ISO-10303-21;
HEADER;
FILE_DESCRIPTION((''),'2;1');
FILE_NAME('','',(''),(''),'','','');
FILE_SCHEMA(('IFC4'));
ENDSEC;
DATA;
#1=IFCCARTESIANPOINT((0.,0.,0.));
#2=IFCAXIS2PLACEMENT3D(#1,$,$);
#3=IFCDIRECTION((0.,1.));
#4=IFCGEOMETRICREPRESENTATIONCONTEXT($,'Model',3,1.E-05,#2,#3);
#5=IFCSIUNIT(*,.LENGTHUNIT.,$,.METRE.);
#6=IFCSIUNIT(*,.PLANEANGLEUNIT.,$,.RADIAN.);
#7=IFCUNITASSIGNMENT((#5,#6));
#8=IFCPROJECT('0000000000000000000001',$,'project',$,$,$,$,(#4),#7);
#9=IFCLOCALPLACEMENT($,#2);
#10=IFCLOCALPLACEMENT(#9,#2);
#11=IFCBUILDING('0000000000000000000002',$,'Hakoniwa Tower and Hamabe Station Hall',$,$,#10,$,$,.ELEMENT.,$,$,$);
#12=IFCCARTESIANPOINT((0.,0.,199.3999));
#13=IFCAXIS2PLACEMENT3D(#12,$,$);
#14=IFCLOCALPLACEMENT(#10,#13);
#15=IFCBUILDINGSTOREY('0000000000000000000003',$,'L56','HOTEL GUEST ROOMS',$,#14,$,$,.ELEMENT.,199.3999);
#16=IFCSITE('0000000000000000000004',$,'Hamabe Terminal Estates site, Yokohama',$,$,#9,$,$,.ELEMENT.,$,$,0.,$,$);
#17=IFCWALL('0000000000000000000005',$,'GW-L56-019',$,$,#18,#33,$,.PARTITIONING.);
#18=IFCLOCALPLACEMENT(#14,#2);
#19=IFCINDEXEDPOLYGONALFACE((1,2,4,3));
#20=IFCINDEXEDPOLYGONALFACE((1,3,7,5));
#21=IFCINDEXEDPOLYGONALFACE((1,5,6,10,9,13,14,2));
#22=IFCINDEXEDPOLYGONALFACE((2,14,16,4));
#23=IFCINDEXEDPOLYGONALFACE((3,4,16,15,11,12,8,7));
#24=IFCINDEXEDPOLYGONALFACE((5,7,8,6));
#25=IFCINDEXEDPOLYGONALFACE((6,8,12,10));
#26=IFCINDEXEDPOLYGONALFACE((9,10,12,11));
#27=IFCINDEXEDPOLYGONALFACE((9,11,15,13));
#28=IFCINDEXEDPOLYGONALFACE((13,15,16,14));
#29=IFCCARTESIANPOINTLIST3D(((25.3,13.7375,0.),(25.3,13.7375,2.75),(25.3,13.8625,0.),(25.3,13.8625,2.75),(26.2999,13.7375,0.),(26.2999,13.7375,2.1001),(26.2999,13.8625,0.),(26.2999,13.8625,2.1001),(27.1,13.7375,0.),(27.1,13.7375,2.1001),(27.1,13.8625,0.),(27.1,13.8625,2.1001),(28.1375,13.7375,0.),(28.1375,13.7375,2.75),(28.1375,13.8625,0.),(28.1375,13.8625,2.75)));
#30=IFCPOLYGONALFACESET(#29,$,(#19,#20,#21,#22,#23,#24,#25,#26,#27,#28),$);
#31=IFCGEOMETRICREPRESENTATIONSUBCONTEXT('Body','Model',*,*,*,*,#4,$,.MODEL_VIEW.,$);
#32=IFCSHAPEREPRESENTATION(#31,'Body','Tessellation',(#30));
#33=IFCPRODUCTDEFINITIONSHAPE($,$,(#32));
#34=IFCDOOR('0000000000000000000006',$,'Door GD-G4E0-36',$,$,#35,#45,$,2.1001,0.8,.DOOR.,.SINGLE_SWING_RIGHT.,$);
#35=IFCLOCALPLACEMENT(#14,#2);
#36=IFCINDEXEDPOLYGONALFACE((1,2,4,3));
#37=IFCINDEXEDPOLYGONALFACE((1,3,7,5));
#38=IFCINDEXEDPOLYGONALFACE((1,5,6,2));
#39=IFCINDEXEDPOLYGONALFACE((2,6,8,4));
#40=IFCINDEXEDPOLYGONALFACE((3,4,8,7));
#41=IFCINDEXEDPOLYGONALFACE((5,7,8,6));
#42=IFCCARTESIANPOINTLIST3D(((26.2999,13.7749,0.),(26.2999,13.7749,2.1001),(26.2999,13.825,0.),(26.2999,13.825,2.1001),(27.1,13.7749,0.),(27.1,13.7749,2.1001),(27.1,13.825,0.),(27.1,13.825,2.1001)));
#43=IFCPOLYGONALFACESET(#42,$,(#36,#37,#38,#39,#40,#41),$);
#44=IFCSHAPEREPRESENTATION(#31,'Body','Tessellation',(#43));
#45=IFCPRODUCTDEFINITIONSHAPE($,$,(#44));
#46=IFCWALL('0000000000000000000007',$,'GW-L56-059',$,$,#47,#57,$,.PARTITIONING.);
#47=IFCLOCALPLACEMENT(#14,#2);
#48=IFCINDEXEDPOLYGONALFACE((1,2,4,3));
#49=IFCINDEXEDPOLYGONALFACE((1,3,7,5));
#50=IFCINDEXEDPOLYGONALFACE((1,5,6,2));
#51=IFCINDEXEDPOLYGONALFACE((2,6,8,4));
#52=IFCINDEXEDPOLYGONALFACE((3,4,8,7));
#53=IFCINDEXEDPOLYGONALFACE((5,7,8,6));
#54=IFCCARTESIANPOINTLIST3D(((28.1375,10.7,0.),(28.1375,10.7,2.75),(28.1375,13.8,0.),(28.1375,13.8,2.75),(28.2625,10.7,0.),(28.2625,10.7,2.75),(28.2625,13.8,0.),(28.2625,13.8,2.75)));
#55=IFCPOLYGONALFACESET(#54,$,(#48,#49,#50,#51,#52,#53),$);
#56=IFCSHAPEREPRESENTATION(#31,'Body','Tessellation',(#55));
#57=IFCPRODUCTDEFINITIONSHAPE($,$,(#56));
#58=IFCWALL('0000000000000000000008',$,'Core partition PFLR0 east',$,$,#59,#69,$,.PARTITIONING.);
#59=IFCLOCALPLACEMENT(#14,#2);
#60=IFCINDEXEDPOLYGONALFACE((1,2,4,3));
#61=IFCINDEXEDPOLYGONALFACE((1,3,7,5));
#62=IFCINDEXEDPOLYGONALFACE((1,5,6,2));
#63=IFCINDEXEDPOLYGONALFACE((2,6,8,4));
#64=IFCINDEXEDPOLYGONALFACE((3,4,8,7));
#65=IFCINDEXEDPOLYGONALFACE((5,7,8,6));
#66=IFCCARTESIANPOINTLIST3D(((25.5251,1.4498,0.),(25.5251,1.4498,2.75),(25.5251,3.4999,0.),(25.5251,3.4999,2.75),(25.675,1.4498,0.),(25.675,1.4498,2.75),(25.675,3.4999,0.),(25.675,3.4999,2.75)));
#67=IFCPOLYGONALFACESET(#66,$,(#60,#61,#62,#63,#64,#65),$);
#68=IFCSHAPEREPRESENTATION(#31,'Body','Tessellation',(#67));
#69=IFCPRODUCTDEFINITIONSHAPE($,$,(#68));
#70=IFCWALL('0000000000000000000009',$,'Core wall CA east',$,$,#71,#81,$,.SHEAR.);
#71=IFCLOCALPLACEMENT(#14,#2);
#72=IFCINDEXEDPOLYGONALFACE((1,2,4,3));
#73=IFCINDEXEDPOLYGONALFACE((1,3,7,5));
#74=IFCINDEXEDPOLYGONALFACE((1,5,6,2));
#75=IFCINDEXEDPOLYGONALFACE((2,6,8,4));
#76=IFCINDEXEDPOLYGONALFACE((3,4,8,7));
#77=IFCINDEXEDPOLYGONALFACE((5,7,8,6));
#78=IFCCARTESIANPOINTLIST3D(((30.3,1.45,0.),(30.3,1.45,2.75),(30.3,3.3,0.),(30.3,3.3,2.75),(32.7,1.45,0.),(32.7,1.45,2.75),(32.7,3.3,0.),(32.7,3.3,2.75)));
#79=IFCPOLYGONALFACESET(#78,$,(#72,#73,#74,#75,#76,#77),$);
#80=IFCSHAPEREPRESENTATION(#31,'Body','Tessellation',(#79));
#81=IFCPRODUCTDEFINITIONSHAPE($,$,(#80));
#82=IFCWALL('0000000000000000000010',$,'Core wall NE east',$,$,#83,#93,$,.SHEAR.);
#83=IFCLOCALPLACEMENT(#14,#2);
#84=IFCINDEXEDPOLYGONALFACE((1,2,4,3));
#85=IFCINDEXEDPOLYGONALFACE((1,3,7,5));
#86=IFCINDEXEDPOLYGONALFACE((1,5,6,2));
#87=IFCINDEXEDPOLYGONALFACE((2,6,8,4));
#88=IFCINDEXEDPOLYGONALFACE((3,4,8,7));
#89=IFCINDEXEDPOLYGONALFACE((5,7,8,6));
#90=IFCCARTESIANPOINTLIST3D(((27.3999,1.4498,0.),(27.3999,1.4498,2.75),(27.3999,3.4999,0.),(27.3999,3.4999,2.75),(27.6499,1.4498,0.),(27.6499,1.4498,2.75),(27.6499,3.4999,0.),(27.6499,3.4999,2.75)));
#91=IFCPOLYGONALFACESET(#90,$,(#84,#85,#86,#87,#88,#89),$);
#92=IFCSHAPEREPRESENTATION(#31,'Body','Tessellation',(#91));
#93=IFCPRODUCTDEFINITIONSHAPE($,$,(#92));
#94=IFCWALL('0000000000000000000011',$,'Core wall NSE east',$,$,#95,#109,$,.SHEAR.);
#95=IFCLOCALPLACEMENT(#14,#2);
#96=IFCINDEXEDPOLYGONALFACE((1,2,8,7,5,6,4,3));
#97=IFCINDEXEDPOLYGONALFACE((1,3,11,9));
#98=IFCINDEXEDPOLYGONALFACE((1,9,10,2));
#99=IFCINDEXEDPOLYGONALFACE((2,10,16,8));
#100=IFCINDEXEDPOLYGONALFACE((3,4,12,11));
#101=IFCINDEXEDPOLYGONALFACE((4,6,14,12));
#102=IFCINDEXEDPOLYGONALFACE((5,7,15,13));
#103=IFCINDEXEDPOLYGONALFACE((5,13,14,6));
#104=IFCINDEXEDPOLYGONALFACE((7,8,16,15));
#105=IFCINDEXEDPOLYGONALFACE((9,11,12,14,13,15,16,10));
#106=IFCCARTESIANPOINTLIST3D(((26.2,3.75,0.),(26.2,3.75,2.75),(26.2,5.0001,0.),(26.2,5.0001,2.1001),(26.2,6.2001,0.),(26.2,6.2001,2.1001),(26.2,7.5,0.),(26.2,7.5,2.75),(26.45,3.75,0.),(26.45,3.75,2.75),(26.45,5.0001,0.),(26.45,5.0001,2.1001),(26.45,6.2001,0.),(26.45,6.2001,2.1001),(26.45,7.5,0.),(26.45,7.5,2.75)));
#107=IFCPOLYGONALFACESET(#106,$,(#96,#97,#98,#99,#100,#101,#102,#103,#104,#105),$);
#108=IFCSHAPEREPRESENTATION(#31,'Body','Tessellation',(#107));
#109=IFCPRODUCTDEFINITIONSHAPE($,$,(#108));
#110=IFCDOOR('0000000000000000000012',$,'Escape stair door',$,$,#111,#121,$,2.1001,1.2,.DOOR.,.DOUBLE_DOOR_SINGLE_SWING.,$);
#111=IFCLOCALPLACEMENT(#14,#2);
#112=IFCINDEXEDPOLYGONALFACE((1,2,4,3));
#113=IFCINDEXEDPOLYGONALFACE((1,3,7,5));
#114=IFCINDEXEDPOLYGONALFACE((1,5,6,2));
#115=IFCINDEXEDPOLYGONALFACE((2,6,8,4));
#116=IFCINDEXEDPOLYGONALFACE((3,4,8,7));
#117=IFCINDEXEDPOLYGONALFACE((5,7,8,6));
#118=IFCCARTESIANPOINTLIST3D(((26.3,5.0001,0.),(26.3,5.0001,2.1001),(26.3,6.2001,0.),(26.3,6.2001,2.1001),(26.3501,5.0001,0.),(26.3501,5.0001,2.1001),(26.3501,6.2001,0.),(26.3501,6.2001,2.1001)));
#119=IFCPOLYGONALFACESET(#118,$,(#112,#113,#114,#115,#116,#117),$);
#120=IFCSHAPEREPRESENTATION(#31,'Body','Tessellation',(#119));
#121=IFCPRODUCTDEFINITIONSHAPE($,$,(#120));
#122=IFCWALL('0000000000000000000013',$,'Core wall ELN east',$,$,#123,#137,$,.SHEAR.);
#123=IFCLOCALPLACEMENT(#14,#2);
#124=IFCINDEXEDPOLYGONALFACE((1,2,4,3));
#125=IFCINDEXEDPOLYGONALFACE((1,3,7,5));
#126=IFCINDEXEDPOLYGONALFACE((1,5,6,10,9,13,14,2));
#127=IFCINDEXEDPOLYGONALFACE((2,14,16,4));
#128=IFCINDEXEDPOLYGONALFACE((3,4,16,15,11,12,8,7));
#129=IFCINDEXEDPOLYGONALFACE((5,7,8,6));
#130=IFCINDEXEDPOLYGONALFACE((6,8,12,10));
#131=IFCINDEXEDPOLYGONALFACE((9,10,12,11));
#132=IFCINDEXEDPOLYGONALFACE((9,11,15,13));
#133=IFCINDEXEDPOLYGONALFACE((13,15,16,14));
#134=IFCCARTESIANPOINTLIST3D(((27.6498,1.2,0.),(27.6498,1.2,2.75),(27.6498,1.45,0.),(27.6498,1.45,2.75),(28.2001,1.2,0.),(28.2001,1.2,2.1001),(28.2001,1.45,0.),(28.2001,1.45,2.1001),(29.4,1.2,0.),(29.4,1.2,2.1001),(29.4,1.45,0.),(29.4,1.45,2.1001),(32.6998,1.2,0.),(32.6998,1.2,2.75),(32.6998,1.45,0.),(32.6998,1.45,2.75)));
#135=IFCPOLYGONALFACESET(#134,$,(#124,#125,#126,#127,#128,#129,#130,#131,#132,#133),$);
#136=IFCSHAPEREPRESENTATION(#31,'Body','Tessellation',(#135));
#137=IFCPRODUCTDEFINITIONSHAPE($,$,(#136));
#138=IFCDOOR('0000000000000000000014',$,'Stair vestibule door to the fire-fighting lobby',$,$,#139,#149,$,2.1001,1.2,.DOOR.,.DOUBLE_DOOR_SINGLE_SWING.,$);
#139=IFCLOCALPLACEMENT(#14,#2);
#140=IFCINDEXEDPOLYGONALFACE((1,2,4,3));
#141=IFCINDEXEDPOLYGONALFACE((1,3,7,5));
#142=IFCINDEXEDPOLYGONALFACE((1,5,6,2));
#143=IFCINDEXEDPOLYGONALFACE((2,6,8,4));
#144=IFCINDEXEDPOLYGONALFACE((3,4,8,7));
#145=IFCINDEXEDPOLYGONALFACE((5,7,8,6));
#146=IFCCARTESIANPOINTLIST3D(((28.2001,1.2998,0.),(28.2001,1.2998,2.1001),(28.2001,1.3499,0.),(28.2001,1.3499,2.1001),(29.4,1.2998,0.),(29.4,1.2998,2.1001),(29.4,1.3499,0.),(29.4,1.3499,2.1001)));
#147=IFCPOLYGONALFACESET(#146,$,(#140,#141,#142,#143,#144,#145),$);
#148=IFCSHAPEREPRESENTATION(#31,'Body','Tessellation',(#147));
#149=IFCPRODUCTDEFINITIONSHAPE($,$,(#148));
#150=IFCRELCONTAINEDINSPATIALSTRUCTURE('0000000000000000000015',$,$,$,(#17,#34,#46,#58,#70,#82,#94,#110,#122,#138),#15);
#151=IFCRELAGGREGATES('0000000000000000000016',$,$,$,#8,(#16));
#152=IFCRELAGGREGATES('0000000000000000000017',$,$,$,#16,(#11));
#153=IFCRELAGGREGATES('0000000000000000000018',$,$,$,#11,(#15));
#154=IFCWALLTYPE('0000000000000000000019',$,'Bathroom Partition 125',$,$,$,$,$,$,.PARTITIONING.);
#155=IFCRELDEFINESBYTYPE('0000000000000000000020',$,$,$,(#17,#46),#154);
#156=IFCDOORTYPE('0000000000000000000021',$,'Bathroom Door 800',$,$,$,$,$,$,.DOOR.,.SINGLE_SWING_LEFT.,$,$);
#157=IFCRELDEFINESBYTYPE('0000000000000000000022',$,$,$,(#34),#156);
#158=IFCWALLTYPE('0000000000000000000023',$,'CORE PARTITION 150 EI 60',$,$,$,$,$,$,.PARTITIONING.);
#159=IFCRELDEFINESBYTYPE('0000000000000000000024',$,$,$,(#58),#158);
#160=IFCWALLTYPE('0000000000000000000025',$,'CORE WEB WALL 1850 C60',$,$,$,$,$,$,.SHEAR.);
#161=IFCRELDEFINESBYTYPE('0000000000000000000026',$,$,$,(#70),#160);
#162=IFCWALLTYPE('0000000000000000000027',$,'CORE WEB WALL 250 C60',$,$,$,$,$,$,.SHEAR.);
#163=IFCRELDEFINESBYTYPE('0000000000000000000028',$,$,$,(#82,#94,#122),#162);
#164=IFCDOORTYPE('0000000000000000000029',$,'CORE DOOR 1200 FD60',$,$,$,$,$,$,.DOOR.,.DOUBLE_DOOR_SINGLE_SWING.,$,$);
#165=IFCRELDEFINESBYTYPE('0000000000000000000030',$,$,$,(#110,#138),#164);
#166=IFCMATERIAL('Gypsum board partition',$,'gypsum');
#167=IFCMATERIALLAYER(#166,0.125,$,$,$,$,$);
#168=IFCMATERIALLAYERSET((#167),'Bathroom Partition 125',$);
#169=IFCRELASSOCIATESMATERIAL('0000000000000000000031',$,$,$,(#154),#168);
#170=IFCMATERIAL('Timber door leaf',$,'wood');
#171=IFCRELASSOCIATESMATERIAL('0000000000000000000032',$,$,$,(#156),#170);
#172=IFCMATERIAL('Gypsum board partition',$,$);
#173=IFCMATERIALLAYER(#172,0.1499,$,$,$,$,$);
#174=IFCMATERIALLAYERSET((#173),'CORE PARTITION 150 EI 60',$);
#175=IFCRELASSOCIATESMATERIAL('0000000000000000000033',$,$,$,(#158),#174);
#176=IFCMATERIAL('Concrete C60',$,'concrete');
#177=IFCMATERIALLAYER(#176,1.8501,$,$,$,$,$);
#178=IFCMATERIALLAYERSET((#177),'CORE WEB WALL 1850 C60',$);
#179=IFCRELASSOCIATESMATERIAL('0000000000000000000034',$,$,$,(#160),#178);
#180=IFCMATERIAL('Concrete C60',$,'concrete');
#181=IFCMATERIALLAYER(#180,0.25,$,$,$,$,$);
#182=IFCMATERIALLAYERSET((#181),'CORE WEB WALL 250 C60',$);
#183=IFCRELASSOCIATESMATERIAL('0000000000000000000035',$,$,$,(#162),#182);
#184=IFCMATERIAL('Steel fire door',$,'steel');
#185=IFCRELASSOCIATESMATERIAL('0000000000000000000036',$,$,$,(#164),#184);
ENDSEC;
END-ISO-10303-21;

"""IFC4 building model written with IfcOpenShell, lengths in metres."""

from ifc_helpers import new_model, si_unit, direction, frame, frame_2d, origin, place, context, subcontext, project, spatial, rectangle, extrude, material, layer, layer_set, type_object, element, fill, save


model = new_model("IFC4")

# Units and contexts
model_context = context("Model", 3, precision=1e-05, world=origin(), true_north=direction((0.0, 1.0)))
body_context = subcontext(model_context, "Body", "Model", "MODEL_VIEW")
ifc_project = project(units=[si_unit("LENGTHUNIT", "METRE"), si_unit("PLANEANGLEUNIT", "RADIAN")], contexts=[model_context])

# Site, building, storey
site_placement = place(None, origin())
site = spatial("IfcSite", under=ifc_project, at=site_placement, Name="Hamabe Terminal Estates site, Yokohama", CompositionType="ELEMENT", RefElevation=0.0)
building_placement = place(site_placement, origin())
building = spatial("IfcBuilding", under=site, at=building_placement, Name="Hakoniwa Tower and Hamabe Station Hall", CompositionType="ELEMENT")
storey_placement = place(building_placement, frame((0.0, 0.0, 199.3999)))
storey = spatial("IfcBuildingStorey", under=building, at=storey_placement, Name="L56", Description="HOTEL GUEST ROOMS", CompositionType="ELEMENT", Elevation=199.3999)

# Wall, opening, door
ifc_material_1 = material(Name="Gypsum board partition", Category="gypsum")
ifc_layer_1 = layer(ifc_material_1, 0.125)
ifc_layer_set_1 = layer_set([ifc_layer_1], Name="Bathroom Partition 125")
wall_type_1 = type_object("IfcWallType", Name="Bathroom Partition 125", PredefinedType="PARTITIONING", material=ifc_layer_set_1)
wall_1_placement = place(storey_placement, frame((25.3, 13.8, 0.0), z_axis=(0.0, 0.0, 1.0), x_axis=(1.0, 0.0, 0.0)))
wall_1 = element("IfcWall", 1, at=wall_1_placement, inside=storey, type_object=wall_type_1, Name="GW-L56-019", PredefinedType="PARTITIONING", context=body_context, shape_type="SweptSolid", body=[
    extrude(rectangle(XDim=2.8374, YDim=0.125, at=frame_2d((1.4187, 0.0))), origin(), (0.0, 0.0, 1.0), 2.75),
])
opening_1_placement = place(wall_1_placement, frame((1.0, 0.0, 0.0)))
opening_1 = element("IfcOpeningElement", 2, at=opening_1_placement, cuts=wall_1, PredefinedType="OPENING", context=body_context, shape_type="SweptSolid", body=[
    extrude(rectangle(XDim=0.8, YDim=2.1001, at=frame_2d((0.3999, 1.05))), frame((0.0, 0.0725, 0.0), z_axis=(0.0, -1.0, 0.0), x_axis=(1.0, 0.0, 0.0)), (0.0, 0.0, 1.0), 0.145),
])
ifc_material_2 = material(Name="Timber door leaf", Category="wood")
door_type_1 = type_object("IfcDoorType", Name="Bathroom Door 800", OperationType="SINGLE_SWING_LEFT", PredefinedType="DOOR", material=ifc_material_2)
door_1_placement = place(opening_1_placement, origin())
door_1 = element("IfcDoor", 3, at=door_1_placement, inside=storey, type_object=door_type_1, Name="Door GD-G4E0-36", OperationType="SINGLE_SWING_RIGHT", OverallHeight=2.1001, OverallWidth=0.8, PredefinedType="DOOR", context=body_context, shape_type="SweptSolid", body=[
    extrude(rectangle(XDim=0.8, YDim=2.1001, at=frame_2d((0.3999, 1.05))), frame((0.0, 0.0249, 0.0), z_axis=(0.0, -1.0, 0.0), x_axis=(1.0, 0.0, 0.0)), (0.0, 0.0, 1.0), 0.05),
])
fill(opening_1, door_1)

# Walls
wall_2_placement = place(storey_placement, frame((28.2, 10.7, 0.0), z_axis=(0.0, 0.0, 1.0), x_axis=(0.0, 1.0, 0.0)))
element("IfcWall", 4, at=wall_2_placement, inside=storey, type_object=wall_type_1, Name="GW-L56-059", PredefinedType="PARTITIONING", context=body_context, shape_type="SweptSolid", body=[
    extrude(rectangle(XDim=3.1001, YDim=0.125, at=frame_2d((1.55, 0.0))), origin(), (0.0, 0.0, 1.0), 2.75),
])
ifc_material_3 = material(Name="Gypsum board partition")
ifc_layer_2 = layer(ifc_material_3, 0.1499)
ifc_layer_set_2 = layer_set([ifc_layer_2], Name="CORE PARTITION 150 EI 60")
wall_type_2 = type_object("IfcWallType", Name="CORE PARTITION 150 EI 60", PredefinedType="PARTITIONING", material=ifc_layer_set_2)
wall_3_placement = place(storey_placement, frame((25.6001, 1.45, 0.0), z_axis=(0.0, 0.0, 1.0), x_axis=(0.0, 1.0, 0.0)))
element("IfcWall", 5, at=wall_3_placement, inside=storey, type_object=wall_type_2, Name="Core partition PFLR0 east", PredefinedType="PARTITIONING", context=body_context, shape_type="SweptSolid", body=[
    extrude(rectangle(XDim=2.05, YDim=0.1499, at=frame_2d((1.0249, 0.0))), origin(), (0.0, 0.0, 1.0), 2.75),
])
ifc_material_4 = material(Name="Concrete C60", Category="concrete")
ifc_layer_3 = layer(ifc_material_4, 1.8501)
ifc_layer_set_3 = layer_set([ifc_layer_3], Name="CORE WEB WALL 1850 C60")
wall_type_3 = type_object("IfcWallType", Name="CORE WEB WALL 1850 C60", PredefinedType="SHEAR", material=ifc_layer_set_3)
wall_4_placement = place(storey_placement, frame((30.3, 2.375, 0.0), z_axis=(0.0, 0.0, 1.0), x_axis=(1.0, 0.0, 0.0)))
element("IfcWall", 6, at=wall_4_placement, inside=storey, type_object=wall_type_3, Name="Core wall CA east", PredefinedType="SHEAR", context=body_context, shape_type="SweptSolid", body=[
    extrude(rectangle(XDim=2.3999, YDim=1.8501, at=frame_2d((1.2, 0.0))), origin(), (0.0, 0.0, 1.0), 2.75),
])
ifc_material_5 = material(Name="Concrete C60", Category="concrete")
ifc_layer_4 = layer(ifc_material_5, 0.25)
ifc_layer_set_4 = layer_set([ifc_layer_4], Name="CORE WEB WALL 250 C60")
wall_type_4 = type_object("IfcWallType", Name="CORE WEB WALL 250 C60", PredefinedType="SHEAR", material=ifc_layer_set_4)
wall_5_placement = place(storey_placement, frame((27.5249, 1.45, 0.0), z_axis=(0.0, 0.0, 1.0), x_axis=(0.0, 1.0, 0.0)))
element("IfcWall", 7, at=wall_5_placement, inside=storey, type_object=wall_type_4, Name="Core wall NE east", PredefinedType="SHEAR", context=body_context, shape_type="SweptSolid", body=[
    extrude(rectangle(XDim=2.05, YDim=0.25, at=frame_2d((1.0249, 0.0))), origin(), (0.0, 0.0, 1.0), 2.75),
])

# Walls, openings, doors
wall_6_placement = place(storey_placement, frame((26.325, 3.75, 0.0), z_axis=(0.0, 0.0, 1.0), x_axis=(0.0, 1.0, 0.0)))
wall_6 = element("IfcWall", 8, at=wall_6_placement, inside=storey, type_object=wall_type_4, Name="Core wall NSE east", PredefinedType="SHEAR", context=body_context, shape_type="SweptSolid", body=[
    extrude(rectangle(XDim=3.75, YDim=0.25, at=frame_2d((1.875, 0.0))), origin(), (0.0, 0.0, 1.0), 2.75),
])
opening_2_placement = place(wall_6_placement, frame((1.25, 0.0, 0.0)))
opening_2 = element("IfcOpeningElement", 9, at=opening_2_placement, cuts=wall_6, PredefinedType="OPENING", context=body_context, shape_type="SweptSolid", body=[
    extrude(rectangle(XDim=1.2, YDim=2.1001, at=frame_2d((0.6001, 1.05))), frame((0.0, 0.135, 0.0), z_axis=(0.0, -1.0, 0.0), x_axis=(1.0, 0.0, 0.0)), (0.0, 0.0, 1.0), 0.27),
])
ifc_material_6 = material(Name="Steel fire door", Category="steel")
door_type_2 = type_object("IfcDoorType", Name="CORE DOOR 1200 FD60", OperationType="DOUBLE_DOOR_SINGLE_SWING", PredefinedType="DOOR", material=ifc_material_6)
door_2_placement = place(opening_2_placement, origin())
door_2 = element("IfcDoor", 10, at=door_2_placement, inside=storey, type_object=door_type_2, Name="Escape stair door", OperationType="DOUBLE_DOOR_SINGLE_SWING", OverallHeight=2.1001, OverallWidth=1.2, PredefinedType="DOOR", context=body_context, shape_type="SweptSolid", body=[
    extrude(rectangle(XDim=1.2, YDim=2.1001, at=frame_2d((0.6001, 1.05))), frame((0.0, 0.0249, 0.0), z_axis=(0.0, -1.0, 0.0), x_axis=(1.0, 0.0, 0.0)), (0.0, 0.0, 1.0), 0.05),
])
fill(opening_2, door_2)
wall_7_placement = place(storey_placement, frame((27.6499, 1.325, 0.0), z_axis=(0.0, 0.0, 1.0), x_axis=(1.0, 0.0, 0.0)))
wall_7 = element("IfcWall", 11, at=wall_7_placement, inside=storey, type_object=wall_type_4, Name="Core wall ELN east", PredefinedType="SHEAR", context=body_context, shape_type="SweptSolid", body=[
    extrude(rectangle(XDim=5.05, YDim=0.25, at=frame_2d((2.5249, 0.0))), origin(), (0.0, 0.0, 1.0), 2.75),
])
opening_3_placement = place(wall_7_placement, frame((0.55, 0.0, 0.0)))
opening_3 = element("IfcOpeningElement", 12, at=opening_3_placement, cuts=wall_7, PredefinedType="OPENING", context=body_context, shape_type="SweptSolid", body=[
    extrude(rectangle(XDim=1.2, YDim=2.1001, at=frame_2d((0.6001, 1.05))), frame((0.0, 0.135, 0.0), z_axis=(0.0, -1.0, 0.0), x_axis=(1.0, 0.0, 0.0)), (0.0, 0.0, 1.0), 0.27),
])
door_3_placement = place(opening_3_placement, origin())
door_3 = element("IfcDoor", 13, at=door_3_placement, inside=storey, type_object=door_type_2, Name="Stair vestibule door to the fire-fighting lobby", OperationType="DOUBLE_DOOR_SINGLE_SWING", OverallHeight=2.1001, OverallWidth=1.2, PredefinedType="DOOR", context=body_context, shape_type="SweptSolid", body=[
    extrude(rectangle(XDim=1.2, YDim=2.1001, at=frame_2d((0.6001, 1.05))), frame((0.0, 0.0249, 0.0), z_axis=(0.0, -1.0, 0.0), x_axis=(1.0, 0.0, 0.0)), (0.0, 0.0, 1.0), 0.05),
])
fill(opening_3, door_3)

save(model, "model.ifc")
